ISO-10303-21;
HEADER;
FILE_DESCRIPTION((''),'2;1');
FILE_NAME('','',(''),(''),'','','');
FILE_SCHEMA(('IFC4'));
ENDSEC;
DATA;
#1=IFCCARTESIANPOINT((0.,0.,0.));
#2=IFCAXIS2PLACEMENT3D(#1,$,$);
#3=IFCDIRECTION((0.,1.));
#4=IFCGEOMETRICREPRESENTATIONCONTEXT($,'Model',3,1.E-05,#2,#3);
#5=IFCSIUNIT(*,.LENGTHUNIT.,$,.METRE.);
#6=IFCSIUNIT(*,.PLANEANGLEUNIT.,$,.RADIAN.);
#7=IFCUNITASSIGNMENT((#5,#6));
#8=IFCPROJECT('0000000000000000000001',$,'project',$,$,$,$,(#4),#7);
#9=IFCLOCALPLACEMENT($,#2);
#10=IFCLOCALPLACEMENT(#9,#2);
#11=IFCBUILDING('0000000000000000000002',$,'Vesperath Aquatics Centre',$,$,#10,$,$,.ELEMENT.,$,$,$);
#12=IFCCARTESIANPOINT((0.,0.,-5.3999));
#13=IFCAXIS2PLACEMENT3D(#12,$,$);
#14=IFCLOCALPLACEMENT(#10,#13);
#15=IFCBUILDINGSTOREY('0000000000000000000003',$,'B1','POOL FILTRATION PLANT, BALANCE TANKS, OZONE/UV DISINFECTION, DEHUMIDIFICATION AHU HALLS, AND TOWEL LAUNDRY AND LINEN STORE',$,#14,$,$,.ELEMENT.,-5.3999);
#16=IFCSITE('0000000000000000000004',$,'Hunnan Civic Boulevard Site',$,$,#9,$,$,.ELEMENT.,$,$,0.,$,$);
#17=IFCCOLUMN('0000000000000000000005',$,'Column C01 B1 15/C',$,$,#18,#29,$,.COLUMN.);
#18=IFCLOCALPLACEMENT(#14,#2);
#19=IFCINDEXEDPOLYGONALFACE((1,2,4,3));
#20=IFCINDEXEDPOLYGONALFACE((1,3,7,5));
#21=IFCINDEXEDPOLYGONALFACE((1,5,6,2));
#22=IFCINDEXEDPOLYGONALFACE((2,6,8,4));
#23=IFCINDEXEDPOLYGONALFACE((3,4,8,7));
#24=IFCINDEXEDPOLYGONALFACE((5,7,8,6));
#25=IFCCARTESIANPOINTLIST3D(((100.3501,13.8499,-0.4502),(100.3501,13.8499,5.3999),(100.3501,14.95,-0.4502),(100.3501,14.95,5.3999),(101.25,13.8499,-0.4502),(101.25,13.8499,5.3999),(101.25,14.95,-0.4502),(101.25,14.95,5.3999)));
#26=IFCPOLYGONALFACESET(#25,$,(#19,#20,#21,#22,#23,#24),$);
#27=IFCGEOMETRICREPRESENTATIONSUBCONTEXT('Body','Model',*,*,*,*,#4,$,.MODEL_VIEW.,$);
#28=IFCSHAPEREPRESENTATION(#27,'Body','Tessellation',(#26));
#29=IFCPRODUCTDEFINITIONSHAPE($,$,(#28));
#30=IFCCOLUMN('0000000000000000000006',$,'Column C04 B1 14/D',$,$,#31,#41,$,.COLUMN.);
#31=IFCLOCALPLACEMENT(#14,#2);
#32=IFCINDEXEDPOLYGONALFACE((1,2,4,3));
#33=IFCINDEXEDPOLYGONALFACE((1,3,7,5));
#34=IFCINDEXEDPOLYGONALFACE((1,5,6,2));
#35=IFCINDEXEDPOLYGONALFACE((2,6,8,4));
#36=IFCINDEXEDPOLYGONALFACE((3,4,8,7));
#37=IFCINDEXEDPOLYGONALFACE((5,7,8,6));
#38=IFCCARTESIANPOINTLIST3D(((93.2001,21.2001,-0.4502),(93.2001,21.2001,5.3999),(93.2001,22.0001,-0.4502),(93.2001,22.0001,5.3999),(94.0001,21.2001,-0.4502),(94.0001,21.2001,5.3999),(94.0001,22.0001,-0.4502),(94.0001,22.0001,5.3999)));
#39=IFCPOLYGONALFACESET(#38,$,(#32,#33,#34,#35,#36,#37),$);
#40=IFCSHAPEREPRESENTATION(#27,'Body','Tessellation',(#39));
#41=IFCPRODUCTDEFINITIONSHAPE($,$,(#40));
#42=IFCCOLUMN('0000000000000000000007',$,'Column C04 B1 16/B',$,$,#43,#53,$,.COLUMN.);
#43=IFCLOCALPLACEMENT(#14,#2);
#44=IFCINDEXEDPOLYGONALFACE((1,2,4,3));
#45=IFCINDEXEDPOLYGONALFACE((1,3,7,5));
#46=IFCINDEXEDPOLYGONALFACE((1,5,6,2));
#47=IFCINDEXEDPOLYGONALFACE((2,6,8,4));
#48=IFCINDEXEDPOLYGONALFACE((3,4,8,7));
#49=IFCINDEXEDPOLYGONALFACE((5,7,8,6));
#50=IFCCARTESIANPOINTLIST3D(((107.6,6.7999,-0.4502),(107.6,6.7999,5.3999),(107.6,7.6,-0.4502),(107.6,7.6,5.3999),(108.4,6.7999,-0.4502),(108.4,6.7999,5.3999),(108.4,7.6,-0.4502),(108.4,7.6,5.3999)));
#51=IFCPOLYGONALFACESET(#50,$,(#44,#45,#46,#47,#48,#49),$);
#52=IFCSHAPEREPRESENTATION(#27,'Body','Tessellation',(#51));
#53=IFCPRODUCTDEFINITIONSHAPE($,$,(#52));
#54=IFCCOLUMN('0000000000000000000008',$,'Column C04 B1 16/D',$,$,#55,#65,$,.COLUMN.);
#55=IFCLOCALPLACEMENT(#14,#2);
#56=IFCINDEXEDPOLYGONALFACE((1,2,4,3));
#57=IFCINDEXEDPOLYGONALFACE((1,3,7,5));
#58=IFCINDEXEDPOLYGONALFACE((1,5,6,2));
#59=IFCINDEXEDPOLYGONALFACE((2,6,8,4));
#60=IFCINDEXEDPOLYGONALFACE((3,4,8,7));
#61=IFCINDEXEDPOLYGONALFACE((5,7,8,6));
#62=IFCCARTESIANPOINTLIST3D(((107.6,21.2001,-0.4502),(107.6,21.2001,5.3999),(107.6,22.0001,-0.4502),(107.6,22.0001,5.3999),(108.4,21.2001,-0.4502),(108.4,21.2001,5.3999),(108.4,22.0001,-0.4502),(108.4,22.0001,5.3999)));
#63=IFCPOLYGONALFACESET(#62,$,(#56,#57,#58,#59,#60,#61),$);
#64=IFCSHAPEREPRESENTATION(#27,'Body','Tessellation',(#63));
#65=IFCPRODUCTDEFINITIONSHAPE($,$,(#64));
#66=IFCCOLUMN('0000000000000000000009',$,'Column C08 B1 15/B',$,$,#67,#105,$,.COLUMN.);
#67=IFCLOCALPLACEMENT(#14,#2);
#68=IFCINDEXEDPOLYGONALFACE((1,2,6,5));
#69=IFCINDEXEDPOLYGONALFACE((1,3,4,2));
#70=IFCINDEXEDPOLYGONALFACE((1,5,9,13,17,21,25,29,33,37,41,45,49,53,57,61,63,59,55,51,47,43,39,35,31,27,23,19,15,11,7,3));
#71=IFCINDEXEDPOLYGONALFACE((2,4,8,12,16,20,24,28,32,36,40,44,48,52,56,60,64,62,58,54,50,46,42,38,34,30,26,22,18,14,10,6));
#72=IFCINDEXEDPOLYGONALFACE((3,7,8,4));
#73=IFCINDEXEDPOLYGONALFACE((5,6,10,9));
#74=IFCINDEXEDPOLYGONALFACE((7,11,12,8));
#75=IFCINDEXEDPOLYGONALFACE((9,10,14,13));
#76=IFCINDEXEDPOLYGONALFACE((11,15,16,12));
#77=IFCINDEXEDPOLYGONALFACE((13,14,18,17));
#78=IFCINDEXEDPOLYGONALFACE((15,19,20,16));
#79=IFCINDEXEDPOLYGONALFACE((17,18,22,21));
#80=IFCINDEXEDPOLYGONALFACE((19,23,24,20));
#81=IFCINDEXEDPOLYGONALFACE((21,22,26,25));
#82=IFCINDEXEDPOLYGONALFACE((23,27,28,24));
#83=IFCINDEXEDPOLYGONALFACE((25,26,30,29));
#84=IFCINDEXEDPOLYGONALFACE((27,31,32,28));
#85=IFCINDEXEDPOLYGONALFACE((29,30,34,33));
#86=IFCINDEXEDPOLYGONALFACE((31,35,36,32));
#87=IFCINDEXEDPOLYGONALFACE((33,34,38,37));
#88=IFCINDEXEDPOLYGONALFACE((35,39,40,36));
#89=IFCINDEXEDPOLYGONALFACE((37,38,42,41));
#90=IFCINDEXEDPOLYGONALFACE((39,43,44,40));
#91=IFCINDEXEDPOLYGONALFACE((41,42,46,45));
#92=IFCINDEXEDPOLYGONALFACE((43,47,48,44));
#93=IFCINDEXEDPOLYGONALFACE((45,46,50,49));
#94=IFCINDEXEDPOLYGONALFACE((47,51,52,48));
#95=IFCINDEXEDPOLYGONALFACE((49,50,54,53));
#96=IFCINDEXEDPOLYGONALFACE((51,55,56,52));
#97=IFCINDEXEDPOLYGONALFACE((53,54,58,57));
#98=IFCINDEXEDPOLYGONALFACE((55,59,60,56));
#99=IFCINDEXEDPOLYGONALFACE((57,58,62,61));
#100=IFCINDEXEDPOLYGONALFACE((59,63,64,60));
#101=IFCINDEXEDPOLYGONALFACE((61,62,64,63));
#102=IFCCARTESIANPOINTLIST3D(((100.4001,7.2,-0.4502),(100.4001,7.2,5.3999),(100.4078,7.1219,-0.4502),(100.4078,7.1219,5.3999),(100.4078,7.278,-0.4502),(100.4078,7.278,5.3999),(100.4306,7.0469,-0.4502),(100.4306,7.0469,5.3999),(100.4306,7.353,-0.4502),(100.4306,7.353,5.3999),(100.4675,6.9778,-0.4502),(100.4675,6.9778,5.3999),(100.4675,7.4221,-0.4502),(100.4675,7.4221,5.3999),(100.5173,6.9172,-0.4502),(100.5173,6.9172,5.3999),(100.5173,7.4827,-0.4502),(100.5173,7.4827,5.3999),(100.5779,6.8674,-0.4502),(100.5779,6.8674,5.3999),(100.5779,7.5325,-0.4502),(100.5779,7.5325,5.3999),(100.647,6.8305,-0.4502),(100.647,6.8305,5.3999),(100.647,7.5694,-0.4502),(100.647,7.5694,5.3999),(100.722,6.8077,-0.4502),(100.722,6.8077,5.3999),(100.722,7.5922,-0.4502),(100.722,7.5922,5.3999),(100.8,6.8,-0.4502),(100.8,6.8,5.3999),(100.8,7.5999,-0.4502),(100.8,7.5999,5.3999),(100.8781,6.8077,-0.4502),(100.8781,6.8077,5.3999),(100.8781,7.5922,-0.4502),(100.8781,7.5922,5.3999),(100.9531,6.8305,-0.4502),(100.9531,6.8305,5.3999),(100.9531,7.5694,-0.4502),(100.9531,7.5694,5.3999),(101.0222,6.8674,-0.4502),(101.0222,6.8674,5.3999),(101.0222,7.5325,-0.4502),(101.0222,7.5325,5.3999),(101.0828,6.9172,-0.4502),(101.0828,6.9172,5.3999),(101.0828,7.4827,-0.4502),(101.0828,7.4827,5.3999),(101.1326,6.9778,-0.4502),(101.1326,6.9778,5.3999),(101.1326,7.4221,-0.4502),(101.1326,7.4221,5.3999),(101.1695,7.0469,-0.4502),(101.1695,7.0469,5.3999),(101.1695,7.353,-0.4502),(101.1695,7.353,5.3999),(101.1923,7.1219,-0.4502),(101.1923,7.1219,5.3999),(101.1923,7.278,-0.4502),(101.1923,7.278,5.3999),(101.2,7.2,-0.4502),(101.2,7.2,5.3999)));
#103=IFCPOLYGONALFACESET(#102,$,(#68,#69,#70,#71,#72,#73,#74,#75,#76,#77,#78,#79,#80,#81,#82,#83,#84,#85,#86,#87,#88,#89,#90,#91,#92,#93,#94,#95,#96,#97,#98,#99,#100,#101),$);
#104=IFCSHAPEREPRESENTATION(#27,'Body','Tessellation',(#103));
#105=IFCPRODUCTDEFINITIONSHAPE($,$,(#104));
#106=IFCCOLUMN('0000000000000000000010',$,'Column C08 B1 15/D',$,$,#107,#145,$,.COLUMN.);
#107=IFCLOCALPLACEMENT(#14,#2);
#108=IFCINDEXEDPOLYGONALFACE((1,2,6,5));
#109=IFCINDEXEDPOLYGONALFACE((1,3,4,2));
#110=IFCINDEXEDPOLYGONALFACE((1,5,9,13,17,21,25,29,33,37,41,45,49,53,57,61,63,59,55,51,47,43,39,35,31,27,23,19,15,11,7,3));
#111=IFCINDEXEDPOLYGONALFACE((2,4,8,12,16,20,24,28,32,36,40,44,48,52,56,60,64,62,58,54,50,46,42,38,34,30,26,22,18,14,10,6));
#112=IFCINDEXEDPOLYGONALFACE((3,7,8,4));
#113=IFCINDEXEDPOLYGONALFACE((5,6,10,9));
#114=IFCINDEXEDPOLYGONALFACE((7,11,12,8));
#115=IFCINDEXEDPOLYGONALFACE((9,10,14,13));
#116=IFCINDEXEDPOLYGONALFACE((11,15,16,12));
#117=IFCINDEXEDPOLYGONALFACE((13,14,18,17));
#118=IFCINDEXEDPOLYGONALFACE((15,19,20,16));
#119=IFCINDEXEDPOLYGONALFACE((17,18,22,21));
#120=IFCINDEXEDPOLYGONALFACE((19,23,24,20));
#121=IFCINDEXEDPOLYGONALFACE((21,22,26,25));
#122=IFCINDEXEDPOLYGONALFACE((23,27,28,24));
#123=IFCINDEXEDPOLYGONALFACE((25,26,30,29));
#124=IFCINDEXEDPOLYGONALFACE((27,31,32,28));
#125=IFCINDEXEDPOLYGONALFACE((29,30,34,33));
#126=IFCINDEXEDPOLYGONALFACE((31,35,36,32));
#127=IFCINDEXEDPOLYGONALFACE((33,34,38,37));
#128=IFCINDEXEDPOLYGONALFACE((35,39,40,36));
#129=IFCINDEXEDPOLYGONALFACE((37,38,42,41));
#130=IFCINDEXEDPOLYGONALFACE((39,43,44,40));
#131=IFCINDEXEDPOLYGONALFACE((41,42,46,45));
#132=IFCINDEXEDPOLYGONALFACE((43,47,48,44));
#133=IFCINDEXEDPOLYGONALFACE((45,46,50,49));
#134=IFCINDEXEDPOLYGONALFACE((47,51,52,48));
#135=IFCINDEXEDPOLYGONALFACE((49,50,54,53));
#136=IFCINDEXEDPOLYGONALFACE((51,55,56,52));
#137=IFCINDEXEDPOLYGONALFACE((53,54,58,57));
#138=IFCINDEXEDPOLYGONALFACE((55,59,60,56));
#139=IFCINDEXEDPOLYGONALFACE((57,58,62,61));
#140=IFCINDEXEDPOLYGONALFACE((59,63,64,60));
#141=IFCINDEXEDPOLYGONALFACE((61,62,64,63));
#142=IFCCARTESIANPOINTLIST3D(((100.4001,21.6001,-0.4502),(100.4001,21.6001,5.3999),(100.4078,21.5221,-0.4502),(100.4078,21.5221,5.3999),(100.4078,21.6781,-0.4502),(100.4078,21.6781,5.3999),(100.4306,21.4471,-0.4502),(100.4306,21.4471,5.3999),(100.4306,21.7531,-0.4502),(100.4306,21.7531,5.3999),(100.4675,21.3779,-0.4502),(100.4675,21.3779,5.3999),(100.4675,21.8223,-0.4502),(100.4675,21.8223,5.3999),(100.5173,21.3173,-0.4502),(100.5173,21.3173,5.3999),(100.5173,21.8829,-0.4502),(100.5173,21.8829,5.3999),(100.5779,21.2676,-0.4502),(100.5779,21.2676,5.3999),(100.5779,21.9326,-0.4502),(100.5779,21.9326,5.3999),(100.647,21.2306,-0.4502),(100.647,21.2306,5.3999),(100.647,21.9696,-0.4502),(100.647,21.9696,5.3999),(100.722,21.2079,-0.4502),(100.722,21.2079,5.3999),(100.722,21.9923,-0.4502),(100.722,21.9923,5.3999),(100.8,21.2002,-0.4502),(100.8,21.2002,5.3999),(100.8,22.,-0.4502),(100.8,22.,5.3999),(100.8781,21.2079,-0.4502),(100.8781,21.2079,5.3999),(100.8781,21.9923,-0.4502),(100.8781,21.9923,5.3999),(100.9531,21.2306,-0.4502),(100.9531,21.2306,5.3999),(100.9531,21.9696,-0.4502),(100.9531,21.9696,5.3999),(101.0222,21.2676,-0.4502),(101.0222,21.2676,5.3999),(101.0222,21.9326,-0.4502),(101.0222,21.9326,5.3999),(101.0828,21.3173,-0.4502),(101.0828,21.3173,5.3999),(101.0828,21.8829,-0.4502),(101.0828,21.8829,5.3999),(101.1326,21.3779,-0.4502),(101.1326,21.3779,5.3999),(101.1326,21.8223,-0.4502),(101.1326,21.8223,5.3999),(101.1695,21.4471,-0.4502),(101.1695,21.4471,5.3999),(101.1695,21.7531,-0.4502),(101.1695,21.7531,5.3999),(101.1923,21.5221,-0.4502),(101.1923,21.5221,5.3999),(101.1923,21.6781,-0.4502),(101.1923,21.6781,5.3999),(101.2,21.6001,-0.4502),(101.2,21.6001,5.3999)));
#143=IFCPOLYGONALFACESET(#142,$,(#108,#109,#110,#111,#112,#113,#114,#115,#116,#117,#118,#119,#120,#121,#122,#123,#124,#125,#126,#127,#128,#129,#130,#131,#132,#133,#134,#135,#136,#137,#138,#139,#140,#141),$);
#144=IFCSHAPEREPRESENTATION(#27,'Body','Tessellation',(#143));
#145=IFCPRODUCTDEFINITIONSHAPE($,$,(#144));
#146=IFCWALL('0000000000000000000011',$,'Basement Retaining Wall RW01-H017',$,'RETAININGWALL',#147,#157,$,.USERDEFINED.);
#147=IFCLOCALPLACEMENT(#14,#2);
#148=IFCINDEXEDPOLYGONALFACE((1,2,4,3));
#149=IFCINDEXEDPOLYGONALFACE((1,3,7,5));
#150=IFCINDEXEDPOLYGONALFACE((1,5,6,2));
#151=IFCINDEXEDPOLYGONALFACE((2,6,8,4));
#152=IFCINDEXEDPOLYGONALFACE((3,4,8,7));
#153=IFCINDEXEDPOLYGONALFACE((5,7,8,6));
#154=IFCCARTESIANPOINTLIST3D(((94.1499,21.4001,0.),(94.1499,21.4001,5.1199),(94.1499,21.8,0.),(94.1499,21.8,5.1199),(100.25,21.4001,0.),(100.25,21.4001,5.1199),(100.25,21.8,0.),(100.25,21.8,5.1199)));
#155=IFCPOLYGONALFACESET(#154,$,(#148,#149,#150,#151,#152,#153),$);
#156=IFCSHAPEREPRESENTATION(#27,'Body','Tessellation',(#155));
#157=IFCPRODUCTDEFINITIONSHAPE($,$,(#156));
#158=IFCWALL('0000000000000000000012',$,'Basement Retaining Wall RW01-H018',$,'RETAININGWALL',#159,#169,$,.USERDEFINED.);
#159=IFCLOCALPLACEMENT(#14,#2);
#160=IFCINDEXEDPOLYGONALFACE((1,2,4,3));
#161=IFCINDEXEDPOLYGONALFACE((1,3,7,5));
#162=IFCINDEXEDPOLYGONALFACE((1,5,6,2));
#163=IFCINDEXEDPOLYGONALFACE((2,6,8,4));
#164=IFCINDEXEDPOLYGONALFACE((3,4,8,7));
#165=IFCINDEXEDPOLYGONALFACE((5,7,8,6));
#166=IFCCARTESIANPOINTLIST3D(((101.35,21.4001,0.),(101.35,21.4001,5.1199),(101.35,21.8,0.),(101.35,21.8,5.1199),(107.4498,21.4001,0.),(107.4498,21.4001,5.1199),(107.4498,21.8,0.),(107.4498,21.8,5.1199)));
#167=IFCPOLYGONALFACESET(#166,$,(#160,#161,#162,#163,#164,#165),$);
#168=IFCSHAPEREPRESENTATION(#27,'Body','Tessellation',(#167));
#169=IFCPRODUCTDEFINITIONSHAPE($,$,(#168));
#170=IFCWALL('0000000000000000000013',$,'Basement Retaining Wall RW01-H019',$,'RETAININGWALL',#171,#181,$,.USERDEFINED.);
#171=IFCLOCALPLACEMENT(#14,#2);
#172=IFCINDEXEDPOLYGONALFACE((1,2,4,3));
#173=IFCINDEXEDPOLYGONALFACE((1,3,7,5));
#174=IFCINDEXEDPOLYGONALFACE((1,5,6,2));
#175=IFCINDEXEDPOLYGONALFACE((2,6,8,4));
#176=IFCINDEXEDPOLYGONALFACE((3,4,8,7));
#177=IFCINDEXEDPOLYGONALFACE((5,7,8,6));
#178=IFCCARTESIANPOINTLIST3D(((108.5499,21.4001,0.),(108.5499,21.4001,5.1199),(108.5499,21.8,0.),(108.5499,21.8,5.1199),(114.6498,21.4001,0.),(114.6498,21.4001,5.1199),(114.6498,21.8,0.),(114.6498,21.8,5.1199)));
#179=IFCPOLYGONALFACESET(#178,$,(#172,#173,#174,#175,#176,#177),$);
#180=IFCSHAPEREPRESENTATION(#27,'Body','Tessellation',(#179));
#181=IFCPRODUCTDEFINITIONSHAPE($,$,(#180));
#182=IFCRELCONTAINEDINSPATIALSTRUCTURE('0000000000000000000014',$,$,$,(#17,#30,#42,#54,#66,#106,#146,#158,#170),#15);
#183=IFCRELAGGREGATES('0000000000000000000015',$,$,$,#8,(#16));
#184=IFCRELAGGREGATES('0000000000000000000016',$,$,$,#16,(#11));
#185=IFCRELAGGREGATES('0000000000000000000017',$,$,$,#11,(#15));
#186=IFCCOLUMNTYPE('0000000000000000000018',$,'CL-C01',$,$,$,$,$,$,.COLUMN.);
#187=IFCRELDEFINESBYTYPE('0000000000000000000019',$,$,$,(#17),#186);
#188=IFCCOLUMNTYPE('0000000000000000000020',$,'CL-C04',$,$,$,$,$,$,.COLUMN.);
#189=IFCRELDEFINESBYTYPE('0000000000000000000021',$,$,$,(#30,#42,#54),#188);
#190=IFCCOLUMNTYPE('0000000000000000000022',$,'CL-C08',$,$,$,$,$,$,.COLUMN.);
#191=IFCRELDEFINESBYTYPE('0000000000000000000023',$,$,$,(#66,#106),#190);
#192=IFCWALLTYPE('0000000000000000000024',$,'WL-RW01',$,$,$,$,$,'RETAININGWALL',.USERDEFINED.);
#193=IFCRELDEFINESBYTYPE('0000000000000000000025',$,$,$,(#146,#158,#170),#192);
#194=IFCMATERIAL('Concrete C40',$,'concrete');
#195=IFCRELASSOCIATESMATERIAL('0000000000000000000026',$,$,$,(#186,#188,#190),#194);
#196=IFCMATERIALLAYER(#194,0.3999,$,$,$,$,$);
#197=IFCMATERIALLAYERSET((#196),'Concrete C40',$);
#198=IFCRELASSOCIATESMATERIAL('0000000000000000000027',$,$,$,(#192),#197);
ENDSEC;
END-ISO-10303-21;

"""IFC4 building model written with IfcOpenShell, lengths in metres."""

from ifc_helpers import new_model, si_unit, direction, frame, frame_2d, origin, origin_2d, place, context, subcontext, project, spatial, rectangle, circle, extrude, material, layer, layer_set, material_profile, profile_set, type_object, element, save


model = new_model("IFC4")

# Units and contexts
model_context = context("Model", 3, precision=1e-05, world=origin(), true_north=direction((0.0, 1.0)))
body_context = subcontext(model_context, "Body", "Model", "MODEL_VIEW")
ifc_project = project(units=[si_unit("LENGTHUNIT", "METRE"), si_unit("PLANEANGLEUNIT", "RADIAN")], contexts=[model_context])

# Site, building, storey
site_placement = place(None, origin())
site = spatial("IfcSite", under=ifc_project, at=site_placement, Name="Hunnan Civic Boulevard Site", CompositionType="ELEMENT", RefElevation=0.0)
building_placement = place(site_placement, origin())
building = spatial("IfcBuilding", under=site, at=building_placement, Name="Vesperath Aquatics Centre", CompositionType="ELEMENT")
storey_placement = place(building_placement, frame((0.0, 0.0, -5.3999)))
storey = spatial("IfcBuildingStorey", under=building, at=storey_placement, Name="B1", Description="POOL FILTRATION PLANT, BALANCE TANKS, OZONE/UV DISINFECTION, DEHUMIDIFICATION AHU HALLS, AND TOWEL LAUNDRY AND LINEN STORE", CompositionType="ELEMENT", Elevation=-5.3999)

# Shared definitions
ifc_material_1 = material(Name="Concrete C40", Category="concrete")

# Columns
ifc_material_profile_1 = material_profile(ifc_material_1, rectangle(XDim=0.8999, YDim=1.1001, at=origin_2d()), Name="RC 1100x900")
ifc_profile_set_1 = profile_set([ifc_material_profile_1], Name="Concrete C40")
column_type_1 = type_object("IfcColumnType", Name="CL-C01", PredefinedType="COLUMN", material=ifc_profile_set_1)
for number, where, z_axis, x_axis, name in (
    (1, (100.8, 14.3999, -0.4502), (0.0, 0.0, 1.0), (1.0, 0.0, 0.0), "Column C01 B1 15/C"),
):
    element("IfcColumn", number, at=place(storey_placement, frame(where, z_axis=z_axis, x_axis=x_axis)), inside=storey, type_object=column_type_1, Name=name, PredefinedType="COLUMN", context=body_context, shape_type="SweptSolid", body=[
        extrude(rectangle(XDim=0.8999, YDim=1.1001, at=origin_2d()), origin(), (0.0, 0.0, 1.0), 5.8501),
    ])
ifc_material_profile_2 = material_profile(ifc_material_1, rectangle(XDim=0.8, YDim=0.8, at=origin_2d()), Name="RC 800x800")
ifc_profile_set_2 = profile_set([ifc_material_profile_2], Name="Concrete C40")
column_type_2 = type_object("IfcColumnType", Name="CL-C04", PredefinedType="COLUMN", material=ifc_profile_set_2)
for number, where, z_axis, x_axis, name in (
    (2, (93.6001, 21.6001, -0.4502), (0.0, 0.0, 1.0), (1.0, 0.0, 0.0), "Column C04 B1 14/D"),
    (3, (108.0, 7.2, -0.4502), (0.0, 0.0, 1.0), (1.0, 0.0, 0.0), "Column C04 B1 16/B"),
    (4, (108.0, 21.6001, -0.4502), (0.0, 0.0, 1.0), (1.0, 0.0, 0.0), "Column C04 B1 16/D"),
):
    element("IfcColumn", number, at=place(storey_placement, frame(where, z_axis=z_axis, x_axis=x_axis)), inside=storey, type_object=column_type_2, Name=name, PredefinedType="COLUMN", context=body_context, shape_type="SweptSolid", body=[
        extrude(rectangle(XDim=0.8, YDim=0.8, at=origin_2d()), origin(), (0.0, 0.0, 1.0), 5.8501),
    ])
ifc_material_profile_3 = material_profile(ifc_material_1, circle(Radius=0.3999, at=origin_2d()), Name="RC D800")
ifc_profile_set_3 = profile_set([ifc_material_profile_3], Name="Concrete C40")
column_type_3 = type_object("IfcColumnType", Name="CL-C08", PredefinedType="COLUMN", material=ifc_profile_set_3)
for number, where, z_axis, x_axis, name in (
    (5, (100.8, 7.2, -0.4502), (0.0, 0.0, 1.0), (1.0, 0.0, 0.0), "Column C08 B1 15/B"),
    (6, (100.8, 21.6001, -0.4502), (0.0, 0.0, 1.0), (1.0, 0.0, 0.0), "Column C08 B1 15/D"),
):
    element("IfcColumn", number, at=place(storey_placement, frame(where, z_axis=z_axis, x_axis=x_axis)), inside=storey, type_object=column_type_3, Name=name, PredefinedType="COLUMN", context=body_context, shape_type="SweptSolid", body=[
        extrude(circle(Radius=0.3999, at=origin_2d()), origin(), (0.0, 0.0, 1.0), 5.8501),
    ])

# Walls
ifc_layer = layer(ifc_material_1, 0.3999)
ifc_layer_set = layer_set([ifc_layer], Name="Concrete C40")
wall_type = type_object("IfcWallType", Name="WL-RW01", ElementType="RETAININGWALL", PredefinedType="USERDEFINED", material=ifc_layer_set)
wall_placement = place(storey_placement, frame((94.1499, 21.6001, 0.0), z_axis=(0.0, 0.0, 1.0), x_axis=(1.0, 0.0, 0.0)))
element("IfcWall", 7, at=wall_placement, inside=storey, type_object=wall_type, Name="Basement Retaining Wall RW01-H017", ObjectType="RETAININGWALL", PredefinedType="USERDEFINED", context=body_context, shape_type="SweptSolid", body=[
    extrude(rectangle(XDim=6.1001, YDim=0.3999, at=frame_2d((3.05, 0.0))), origin(), (0.0, 0.0, 1.0), 5.1199),
])
for number, where, z_axis, x_axis, name in (
    (8, (101.3501, 21.6001, 0.0), (0.0, 0.0, 1.0), (1.0, 0.0, 0.0), "Basement Retaining Wall RW01-H018"),
    (9, (108.55, 21.6001, 0.0), (0.0, 0.0, 1.0), (1.0, 0.0, 0.0), "Basement Retaining Wall RW01-H019"),
):
    element("IfcWall", number, at=place(storey_placement, frame(where, z_axis=z_axis, x_axis=x_axis)), inside=storey, type_object=wall_type, Name=name, ObjectType="RETAININGWALL", PredefinedType="USERDEFINED", context=body_context, shape_type="SweptSolid", body=[
        extrude(rectangle(XDim=6.0999, YDim=0.3999, at=frame_2d((3.0498, 0.0))), origin(), (0.0, 0.0, 1.0), 5.1199),
    ])

save(model, "model.ifc")
